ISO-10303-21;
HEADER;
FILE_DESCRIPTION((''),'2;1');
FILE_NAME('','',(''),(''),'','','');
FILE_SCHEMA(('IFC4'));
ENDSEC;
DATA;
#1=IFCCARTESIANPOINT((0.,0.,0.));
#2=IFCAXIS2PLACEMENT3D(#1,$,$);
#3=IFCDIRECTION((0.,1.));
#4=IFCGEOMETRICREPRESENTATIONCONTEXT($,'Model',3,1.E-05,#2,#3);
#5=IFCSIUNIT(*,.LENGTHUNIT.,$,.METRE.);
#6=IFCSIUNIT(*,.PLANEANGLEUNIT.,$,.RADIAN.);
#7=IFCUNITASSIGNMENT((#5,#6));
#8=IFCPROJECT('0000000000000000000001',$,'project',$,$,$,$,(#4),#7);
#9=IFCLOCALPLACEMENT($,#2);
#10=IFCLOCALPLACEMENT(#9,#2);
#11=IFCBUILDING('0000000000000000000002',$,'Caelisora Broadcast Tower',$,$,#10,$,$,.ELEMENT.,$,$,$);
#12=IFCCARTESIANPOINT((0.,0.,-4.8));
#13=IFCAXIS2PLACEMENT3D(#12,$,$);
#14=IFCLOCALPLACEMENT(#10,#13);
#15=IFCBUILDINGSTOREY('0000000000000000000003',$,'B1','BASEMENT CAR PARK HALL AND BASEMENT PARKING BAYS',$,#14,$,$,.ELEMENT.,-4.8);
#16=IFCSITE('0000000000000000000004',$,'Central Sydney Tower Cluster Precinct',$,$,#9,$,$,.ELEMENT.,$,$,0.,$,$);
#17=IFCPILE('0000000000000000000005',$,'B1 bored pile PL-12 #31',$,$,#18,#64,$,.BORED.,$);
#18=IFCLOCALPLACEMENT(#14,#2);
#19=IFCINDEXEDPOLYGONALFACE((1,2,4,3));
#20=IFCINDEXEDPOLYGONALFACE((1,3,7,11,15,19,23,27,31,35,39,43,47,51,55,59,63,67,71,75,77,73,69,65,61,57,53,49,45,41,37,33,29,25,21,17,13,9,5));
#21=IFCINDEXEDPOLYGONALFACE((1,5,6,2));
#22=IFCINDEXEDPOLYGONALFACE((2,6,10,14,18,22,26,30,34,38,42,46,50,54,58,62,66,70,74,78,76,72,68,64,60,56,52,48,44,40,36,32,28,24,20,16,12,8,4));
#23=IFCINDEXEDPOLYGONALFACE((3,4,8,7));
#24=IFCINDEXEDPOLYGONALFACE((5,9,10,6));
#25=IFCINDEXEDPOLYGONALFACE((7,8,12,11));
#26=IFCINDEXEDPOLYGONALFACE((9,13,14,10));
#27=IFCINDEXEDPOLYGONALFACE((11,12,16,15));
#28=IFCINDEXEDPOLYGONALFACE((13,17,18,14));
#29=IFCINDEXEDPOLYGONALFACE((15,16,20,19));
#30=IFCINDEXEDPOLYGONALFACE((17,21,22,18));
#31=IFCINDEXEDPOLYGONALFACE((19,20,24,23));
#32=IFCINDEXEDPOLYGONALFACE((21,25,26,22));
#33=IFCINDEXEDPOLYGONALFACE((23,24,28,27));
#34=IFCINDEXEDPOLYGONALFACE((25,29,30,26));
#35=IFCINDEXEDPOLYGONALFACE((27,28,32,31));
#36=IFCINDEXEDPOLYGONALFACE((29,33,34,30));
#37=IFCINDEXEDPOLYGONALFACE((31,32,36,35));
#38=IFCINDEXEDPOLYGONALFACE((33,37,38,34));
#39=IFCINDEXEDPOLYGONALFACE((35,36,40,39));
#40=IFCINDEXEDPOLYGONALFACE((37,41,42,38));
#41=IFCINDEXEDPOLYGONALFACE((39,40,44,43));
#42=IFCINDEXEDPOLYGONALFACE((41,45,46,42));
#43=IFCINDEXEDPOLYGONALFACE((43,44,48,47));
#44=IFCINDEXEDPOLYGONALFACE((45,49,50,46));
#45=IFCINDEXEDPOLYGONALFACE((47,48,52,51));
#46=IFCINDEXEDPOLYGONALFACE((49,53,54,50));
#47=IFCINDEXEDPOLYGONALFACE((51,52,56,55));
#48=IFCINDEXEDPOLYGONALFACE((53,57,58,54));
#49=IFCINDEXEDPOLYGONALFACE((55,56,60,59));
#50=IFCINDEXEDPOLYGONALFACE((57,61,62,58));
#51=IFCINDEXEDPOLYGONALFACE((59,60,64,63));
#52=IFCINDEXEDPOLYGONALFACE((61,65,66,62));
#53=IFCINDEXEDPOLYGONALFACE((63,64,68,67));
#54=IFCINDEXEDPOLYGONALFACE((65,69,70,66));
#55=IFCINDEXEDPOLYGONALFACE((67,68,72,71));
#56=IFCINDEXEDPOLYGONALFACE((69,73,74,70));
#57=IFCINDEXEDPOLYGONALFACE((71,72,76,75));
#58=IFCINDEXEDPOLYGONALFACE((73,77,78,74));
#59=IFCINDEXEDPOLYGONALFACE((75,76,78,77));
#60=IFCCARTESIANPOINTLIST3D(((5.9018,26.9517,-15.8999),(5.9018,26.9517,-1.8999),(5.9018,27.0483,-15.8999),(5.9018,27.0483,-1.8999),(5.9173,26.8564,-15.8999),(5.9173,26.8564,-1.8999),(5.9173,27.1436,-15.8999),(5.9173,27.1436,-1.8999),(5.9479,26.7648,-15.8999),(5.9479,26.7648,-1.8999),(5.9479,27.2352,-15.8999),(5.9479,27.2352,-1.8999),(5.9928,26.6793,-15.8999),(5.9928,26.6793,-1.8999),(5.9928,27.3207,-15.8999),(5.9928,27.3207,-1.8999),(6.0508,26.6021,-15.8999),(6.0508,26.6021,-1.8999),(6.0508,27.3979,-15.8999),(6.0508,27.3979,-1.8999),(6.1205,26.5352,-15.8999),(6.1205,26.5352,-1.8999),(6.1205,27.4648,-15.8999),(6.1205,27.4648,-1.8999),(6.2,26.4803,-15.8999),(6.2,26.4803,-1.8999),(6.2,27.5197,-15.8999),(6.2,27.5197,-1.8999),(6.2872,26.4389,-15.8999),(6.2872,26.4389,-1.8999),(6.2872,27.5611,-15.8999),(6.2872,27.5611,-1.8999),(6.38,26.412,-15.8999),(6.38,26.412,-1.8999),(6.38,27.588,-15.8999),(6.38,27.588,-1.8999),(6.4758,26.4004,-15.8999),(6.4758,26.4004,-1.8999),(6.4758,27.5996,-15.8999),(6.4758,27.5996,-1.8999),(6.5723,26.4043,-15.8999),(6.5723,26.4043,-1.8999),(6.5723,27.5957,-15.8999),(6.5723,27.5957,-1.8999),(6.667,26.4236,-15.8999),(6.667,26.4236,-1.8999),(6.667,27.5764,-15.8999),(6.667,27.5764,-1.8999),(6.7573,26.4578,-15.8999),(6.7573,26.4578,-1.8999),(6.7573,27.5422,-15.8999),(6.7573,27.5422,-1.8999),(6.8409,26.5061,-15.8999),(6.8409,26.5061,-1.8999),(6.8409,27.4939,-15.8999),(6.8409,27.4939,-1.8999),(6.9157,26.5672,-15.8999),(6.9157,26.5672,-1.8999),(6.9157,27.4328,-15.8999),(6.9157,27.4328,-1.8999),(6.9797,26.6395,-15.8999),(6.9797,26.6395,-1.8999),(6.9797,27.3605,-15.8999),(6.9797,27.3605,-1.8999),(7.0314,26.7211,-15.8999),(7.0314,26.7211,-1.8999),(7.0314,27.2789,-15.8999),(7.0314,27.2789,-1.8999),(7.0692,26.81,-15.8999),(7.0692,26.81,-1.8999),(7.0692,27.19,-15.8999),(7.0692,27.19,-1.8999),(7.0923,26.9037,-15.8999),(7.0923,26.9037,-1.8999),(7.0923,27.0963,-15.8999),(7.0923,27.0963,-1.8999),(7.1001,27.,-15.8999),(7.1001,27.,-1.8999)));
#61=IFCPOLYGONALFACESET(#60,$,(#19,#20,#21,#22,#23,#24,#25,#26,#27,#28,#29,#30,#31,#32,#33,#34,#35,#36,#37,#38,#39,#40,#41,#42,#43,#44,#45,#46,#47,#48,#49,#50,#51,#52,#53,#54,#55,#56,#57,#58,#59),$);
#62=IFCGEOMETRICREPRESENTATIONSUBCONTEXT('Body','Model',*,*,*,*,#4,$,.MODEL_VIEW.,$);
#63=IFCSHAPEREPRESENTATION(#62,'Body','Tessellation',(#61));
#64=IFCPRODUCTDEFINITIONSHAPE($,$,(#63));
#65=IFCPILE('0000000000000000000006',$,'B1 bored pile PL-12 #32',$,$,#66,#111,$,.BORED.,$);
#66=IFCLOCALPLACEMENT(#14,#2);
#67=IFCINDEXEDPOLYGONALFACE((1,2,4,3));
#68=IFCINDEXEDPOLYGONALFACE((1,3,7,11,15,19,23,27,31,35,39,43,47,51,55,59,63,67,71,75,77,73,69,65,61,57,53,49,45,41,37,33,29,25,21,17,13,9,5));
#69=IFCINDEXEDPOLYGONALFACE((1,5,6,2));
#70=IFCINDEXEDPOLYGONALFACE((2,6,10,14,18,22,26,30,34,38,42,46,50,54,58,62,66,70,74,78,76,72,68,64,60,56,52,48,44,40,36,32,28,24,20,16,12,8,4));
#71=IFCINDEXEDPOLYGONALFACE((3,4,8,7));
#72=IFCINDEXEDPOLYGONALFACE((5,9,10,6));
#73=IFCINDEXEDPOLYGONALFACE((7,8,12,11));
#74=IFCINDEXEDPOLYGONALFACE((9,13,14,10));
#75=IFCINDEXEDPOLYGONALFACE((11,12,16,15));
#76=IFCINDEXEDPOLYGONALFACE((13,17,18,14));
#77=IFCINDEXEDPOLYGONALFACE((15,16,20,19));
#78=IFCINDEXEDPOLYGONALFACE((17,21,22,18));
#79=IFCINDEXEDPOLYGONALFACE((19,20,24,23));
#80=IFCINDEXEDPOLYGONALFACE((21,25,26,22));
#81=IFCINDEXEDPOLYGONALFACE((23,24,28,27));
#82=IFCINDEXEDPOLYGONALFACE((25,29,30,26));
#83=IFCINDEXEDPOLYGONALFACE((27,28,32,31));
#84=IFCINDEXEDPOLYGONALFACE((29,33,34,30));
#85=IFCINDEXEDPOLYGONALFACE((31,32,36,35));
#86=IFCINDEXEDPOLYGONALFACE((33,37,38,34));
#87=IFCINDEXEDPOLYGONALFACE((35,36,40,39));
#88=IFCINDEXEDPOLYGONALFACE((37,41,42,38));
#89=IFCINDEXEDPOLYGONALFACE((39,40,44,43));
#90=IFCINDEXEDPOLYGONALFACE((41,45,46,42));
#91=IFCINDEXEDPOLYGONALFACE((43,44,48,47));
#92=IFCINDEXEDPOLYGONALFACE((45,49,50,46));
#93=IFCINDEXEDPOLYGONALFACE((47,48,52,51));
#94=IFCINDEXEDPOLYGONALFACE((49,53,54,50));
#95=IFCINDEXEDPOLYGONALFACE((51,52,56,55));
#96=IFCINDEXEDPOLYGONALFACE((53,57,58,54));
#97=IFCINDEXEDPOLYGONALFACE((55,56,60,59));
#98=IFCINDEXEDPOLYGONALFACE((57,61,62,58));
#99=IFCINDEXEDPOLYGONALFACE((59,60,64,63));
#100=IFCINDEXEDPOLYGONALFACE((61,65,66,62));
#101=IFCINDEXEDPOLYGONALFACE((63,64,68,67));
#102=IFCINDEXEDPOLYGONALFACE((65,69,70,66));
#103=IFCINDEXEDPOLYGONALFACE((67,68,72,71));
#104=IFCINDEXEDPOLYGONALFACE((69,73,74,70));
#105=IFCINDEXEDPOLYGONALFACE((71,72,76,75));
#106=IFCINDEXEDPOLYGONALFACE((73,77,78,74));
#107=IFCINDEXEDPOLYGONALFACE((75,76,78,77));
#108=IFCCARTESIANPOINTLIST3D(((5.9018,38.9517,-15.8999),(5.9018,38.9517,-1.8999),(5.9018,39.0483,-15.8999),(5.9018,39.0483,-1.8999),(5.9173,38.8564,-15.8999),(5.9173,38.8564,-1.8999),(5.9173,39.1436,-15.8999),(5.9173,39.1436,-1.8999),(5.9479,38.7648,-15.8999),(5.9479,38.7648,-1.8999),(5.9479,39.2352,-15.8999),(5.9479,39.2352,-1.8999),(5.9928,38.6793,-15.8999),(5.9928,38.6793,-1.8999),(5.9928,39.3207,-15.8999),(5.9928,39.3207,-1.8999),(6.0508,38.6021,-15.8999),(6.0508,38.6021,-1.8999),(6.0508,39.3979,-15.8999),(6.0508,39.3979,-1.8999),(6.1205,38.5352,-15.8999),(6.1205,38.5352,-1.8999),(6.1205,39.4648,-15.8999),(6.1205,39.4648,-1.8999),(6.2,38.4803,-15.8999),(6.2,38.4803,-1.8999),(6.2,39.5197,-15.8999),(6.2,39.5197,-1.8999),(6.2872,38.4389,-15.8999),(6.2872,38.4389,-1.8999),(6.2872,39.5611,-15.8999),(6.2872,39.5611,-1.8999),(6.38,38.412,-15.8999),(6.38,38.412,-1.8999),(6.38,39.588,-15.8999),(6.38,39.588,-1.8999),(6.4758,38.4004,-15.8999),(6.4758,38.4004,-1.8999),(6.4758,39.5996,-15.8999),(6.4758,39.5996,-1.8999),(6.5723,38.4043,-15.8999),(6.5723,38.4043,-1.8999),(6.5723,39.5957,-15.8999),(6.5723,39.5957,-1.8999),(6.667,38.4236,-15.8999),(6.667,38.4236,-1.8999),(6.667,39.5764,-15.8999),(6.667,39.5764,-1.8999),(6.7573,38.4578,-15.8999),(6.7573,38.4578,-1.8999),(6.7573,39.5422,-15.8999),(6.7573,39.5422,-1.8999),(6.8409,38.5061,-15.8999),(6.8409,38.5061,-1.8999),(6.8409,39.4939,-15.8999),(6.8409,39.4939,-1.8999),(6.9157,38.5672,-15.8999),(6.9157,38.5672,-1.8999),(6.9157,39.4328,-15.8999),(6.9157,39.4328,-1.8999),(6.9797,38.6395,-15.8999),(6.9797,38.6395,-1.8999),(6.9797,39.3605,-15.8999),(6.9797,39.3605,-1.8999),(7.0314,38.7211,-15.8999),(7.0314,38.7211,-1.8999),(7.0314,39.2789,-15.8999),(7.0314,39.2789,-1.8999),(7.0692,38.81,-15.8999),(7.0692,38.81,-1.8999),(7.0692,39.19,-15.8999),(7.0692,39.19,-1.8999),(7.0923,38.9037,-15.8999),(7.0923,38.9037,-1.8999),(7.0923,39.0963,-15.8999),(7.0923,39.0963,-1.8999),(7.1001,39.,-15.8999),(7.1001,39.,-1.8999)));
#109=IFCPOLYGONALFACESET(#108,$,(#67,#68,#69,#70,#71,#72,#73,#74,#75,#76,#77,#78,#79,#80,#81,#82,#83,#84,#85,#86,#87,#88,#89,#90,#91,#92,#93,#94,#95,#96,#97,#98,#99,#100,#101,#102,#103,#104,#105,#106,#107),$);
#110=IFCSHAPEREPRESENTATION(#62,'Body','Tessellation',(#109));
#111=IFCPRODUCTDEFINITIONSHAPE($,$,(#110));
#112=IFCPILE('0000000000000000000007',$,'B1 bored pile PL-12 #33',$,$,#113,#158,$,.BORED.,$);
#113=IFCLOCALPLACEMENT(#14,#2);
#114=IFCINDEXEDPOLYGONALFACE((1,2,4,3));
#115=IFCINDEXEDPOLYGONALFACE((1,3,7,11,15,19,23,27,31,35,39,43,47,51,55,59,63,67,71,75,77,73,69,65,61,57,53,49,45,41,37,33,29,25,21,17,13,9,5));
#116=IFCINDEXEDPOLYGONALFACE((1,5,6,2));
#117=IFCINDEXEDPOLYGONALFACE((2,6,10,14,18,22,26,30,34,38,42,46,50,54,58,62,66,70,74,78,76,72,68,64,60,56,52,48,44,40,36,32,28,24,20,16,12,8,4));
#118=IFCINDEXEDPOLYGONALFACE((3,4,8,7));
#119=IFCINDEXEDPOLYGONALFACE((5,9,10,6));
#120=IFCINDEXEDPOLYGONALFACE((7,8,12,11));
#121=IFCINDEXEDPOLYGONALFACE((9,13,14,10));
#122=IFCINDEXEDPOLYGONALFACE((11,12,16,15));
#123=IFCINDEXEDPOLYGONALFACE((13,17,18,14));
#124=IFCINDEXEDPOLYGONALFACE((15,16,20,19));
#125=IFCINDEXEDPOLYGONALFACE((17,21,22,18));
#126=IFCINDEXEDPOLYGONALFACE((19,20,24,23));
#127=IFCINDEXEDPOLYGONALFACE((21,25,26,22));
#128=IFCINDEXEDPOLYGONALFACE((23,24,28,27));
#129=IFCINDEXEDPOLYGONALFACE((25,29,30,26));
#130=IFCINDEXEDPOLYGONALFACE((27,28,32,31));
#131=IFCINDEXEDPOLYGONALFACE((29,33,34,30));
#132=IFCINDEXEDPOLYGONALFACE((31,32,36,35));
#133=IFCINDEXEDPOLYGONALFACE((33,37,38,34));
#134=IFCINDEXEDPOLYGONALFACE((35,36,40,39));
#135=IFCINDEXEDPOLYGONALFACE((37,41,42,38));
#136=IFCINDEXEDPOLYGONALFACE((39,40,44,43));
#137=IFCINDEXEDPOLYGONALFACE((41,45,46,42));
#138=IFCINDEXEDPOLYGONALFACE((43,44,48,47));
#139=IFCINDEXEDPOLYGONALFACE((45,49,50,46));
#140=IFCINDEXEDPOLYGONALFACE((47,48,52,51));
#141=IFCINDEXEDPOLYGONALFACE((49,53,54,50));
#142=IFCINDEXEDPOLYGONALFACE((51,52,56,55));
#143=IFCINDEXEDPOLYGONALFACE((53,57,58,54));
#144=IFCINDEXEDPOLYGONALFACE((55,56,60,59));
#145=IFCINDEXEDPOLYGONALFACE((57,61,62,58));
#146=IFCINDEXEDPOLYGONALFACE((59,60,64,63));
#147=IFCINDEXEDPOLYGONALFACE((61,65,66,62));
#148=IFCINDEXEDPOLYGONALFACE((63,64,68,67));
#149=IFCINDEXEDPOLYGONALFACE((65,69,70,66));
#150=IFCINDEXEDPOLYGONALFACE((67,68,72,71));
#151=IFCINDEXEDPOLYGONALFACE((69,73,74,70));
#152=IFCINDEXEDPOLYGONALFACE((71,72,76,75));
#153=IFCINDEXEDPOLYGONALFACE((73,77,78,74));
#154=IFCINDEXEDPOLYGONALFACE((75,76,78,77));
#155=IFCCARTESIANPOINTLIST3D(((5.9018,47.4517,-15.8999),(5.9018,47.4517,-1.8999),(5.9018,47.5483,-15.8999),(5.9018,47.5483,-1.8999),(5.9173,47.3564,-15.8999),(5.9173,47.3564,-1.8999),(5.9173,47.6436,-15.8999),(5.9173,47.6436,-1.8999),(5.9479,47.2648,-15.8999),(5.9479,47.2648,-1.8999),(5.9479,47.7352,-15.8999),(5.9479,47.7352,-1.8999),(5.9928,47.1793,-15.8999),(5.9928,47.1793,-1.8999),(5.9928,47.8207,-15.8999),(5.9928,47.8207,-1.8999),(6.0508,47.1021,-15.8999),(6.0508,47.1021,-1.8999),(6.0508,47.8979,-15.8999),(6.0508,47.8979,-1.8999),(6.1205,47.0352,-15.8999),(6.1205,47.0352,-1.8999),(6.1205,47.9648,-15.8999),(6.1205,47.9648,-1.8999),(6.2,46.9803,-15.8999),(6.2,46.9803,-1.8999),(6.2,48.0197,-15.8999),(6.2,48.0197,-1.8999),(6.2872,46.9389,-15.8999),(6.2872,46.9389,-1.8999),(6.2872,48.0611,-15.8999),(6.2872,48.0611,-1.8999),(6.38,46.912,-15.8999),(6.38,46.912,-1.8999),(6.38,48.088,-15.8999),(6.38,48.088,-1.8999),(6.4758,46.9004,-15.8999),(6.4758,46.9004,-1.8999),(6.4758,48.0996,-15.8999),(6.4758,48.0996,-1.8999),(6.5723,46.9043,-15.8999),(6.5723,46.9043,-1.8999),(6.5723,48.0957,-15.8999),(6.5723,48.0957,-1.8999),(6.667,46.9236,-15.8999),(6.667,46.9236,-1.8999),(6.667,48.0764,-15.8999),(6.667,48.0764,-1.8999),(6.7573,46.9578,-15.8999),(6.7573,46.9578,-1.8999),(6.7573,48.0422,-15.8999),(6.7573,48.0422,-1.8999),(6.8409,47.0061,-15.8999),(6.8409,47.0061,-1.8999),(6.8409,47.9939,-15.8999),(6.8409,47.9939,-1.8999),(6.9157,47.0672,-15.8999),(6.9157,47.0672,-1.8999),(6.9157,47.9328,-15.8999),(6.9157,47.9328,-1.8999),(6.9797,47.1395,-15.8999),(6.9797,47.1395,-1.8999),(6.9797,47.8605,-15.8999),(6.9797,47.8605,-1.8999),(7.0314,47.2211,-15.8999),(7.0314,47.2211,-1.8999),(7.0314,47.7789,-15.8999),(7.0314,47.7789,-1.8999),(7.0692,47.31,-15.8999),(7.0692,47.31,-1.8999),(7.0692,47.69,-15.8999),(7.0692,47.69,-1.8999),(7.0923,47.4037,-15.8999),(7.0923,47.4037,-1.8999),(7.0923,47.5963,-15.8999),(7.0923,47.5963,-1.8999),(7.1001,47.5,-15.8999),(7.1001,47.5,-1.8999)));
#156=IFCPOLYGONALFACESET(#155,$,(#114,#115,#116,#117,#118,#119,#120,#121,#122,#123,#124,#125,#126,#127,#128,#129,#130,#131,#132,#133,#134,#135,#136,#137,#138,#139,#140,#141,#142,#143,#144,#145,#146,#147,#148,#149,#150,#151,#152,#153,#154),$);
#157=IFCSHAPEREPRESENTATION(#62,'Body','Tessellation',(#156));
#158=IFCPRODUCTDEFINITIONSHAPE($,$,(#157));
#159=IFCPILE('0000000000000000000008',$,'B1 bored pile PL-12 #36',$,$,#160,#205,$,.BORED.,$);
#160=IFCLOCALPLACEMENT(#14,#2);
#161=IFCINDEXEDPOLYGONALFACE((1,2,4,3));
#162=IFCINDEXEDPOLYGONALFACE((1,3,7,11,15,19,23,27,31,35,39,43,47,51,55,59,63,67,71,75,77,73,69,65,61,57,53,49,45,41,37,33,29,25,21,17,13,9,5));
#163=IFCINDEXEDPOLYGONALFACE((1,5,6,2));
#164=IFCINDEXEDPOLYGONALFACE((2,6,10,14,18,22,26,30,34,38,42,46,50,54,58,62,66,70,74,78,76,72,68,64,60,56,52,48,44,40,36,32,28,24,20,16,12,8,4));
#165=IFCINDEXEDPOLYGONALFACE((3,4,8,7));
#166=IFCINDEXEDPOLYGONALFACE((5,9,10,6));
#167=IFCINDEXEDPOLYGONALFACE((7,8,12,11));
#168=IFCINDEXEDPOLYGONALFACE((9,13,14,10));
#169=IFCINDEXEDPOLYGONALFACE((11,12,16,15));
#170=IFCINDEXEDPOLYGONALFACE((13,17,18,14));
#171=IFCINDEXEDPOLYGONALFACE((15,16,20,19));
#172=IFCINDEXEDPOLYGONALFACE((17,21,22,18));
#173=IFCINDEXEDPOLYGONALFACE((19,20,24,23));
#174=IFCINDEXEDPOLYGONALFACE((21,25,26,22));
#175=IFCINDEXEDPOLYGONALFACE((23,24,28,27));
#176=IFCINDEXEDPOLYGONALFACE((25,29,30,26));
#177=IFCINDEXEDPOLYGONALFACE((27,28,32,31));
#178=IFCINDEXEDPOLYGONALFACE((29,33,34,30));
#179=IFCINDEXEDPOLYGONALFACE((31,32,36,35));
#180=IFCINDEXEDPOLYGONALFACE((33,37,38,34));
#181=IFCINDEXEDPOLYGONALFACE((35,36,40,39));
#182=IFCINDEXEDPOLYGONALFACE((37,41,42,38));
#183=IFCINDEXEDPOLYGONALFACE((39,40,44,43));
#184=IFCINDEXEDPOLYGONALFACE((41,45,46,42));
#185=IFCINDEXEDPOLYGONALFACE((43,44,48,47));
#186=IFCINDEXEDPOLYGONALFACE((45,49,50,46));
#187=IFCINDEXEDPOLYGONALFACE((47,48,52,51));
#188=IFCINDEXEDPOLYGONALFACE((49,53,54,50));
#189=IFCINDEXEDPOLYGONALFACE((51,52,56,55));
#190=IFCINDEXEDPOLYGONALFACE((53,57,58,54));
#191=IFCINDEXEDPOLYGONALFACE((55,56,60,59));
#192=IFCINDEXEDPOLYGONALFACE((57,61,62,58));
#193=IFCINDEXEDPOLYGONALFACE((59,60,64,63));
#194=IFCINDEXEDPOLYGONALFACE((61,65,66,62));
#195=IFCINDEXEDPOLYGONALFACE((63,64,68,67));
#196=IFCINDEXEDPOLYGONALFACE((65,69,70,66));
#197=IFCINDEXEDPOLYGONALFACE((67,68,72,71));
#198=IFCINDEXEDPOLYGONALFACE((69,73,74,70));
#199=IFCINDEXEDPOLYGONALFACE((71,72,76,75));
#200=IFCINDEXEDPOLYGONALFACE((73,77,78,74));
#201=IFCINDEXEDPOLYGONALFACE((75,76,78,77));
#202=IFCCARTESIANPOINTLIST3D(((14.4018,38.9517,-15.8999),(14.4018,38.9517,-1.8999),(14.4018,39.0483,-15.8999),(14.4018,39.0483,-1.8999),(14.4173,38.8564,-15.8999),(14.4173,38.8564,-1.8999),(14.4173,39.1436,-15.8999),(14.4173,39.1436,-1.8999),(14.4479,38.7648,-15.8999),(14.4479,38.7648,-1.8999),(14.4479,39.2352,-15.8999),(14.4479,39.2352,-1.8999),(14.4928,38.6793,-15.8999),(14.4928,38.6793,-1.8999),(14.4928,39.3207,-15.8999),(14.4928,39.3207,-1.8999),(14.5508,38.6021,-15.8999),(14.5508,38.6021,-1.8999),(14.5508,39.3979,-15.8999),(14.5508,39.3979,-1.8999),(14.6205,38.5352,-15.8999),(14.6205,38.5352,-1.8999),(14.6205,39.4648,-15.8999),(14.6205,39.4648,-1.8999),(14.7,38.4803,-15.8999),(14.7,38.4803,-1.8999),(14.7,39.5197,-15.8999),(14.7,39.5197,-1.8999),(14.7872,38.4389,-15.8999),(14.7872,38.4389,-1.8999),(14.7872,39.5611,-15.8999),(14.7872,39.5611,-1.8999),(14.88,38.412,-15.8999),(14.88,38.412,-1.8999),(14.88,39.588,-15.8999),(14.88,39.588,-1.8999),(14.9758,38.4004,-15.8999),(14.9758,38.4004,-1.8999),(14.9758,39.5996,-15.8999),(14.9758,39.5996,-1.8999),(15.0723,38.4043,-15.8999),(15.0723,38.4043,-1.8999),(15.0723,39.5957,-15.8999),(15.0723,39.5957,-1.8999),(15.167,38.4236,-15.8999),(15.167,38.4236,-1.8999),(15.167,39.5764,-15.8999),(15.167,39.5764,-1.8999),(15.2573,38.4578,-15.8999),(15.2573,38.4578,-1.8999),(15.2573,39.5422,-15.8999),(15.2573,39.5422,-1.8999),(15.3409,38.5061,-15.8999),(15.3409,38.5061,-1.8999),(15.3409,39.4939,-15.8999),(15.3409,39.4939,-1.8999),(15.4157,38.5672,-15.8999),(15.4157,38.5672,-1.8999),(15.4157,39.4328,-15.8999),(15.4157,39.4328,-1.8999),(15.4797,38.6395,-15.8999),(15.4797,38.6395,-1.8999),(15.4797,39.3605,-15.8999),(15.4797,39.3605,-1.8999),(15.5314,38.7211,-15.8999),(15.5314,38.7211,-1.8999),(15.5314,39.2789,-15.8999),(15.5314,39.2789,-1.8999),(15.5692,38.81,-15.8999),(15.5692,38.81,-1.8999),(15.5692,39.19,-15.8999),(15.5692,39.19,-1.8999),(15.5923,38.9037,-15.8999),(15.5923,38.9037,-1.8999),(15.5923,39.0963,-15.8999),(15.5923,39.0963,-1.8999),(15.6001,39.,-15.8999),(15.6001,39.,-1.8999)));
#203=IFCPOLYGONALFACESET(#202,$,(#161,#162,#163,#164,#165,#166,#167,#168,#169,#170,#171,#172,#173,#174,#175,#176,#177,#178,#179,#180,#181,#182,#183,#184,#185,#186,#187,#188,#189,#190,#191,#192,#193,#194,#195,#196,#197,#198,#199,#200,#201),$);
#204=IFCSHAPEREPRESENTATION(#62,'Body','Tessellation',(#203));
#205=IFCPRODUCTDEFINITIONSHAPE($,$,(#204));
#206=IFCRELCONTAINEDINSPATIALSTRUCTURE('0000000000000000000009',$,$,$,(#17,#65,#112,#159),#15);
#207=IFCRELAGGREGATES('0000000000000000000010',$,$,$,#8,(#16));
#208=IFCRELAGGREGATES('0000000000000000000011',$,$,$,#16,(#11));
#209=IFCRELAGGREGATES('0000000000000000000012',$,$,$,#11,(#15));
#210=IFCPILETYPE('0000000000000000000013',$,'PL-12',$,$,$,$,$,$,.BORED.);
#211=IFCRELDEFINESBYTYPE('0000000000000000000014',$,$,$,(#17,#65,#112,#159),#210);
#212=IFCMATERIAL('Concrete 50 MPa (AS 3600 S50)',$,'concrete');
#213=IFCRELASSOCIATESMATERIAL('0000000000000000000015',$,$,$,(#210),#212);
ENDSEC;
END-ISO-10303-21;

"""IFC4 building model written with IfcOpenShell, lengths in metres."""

from ifc_helpers import new_model, si_unit, direction, frame, origin, origin_2d, place, context, subcontext, project, spatial, circle, extrude, material, material_profile, profile_set, type_object, element, save


model = new_model("IFC4")

# Units and contexts
model_context = context("Model", 3, precision=1e-05, world=origin(), true_north=direction((0.0, 1.0)))
body_context = subcontext(model_context, "Body", "Model", "MODEL_VIEW")
ifc_project = project(units=[si_unit("LENGTHUNIT", "METRE"), si_unit("PLANEANGLEUNIT", "RADIAN")], contexts=[model_context])

# Site, building, storey
site_placement = place(None, origin())
site = spatial("IfcSite", under=ifc_project, at=site_placement, Name="Central Sydney Tower Cluster Precinct", CompositionType="ELEMENT", RefElevation=0.0)
building_placement = place(site_placement, origin())
building = spatial("IfcBuilding", under=site, at=building_placement, Name="Caelisora Broadcast Tower", CompositionType="ELEMENT")
storey_placement = place(building_placement, frame((0.0, 0.0, -4.8)))
storey = spatial("IfcBuildingStorey", under=building, at=storey_placement, Name="B1", Description="BASEMENT CAR PARK HALL AND BASEMENT PARKING BAYS", CompositionType="ELEMENT", Elevation=-4.8)

# Piles
ifc_material_1 = material(Name="Concrete 50 MPa (AS 3600 S50)", Category="concrete")
ifc_material_profile_1 = material_profile(ifc_material_1, circle(Radius=0.6001, at=origin_2d()), Name="Concrete 50 MPa (AS 3600 S50)")
ifc_profile_set_1 = profile_set([ifc_material_profile_1], Name="Concrete 50 MPa (AS 3600 S50)")
pile_type_1 = type_object("IfcPileType", Name="PL-12", PredefinedType="BORED", material=ifc_profile_set_1)
for number, where, z_axis, x_axis, name in (
    (1, (6.5, 27.0, -1.8999), (0.0, 0.0, -1.0), (1.0, 0.0, 0.0), "B1 bored pile PL-12 #31"),
    (2, (6.5, 39.0, -1.8999), (0.0, 0.0, -1.0), (1.0, 0.0, 0.0), "B1 bored pile PL-12 #32"),
    (3, (6.5, 47.5, -1.8999), (0.0, 0.0, -1.0), (1.0, 0.0, 0.0), "B1 bored pile PL-12 #33"),
    (4, (15.0, 39.0, -1.8999), (0.0, 0.0, -1.0), (1.0, 0.0, 0.0), "B1 bored pile PL-12 #36"),
):
    element("IfcPile", number, at=place(storey_placement, frame(where, z_axis=z_axis, x_axis=x_axis)), inside=storey, type_object=pile_type_1, Name=name, PredefinedType="BORED", context=body_context, shape_type="SweptSolid", body=[
        extrude(circle(Radius=0.6001, at=origin_2d()), origin(), (0.0, 0.0, 1.0), 14.0),
    ])

save(model, "model.ifc")
